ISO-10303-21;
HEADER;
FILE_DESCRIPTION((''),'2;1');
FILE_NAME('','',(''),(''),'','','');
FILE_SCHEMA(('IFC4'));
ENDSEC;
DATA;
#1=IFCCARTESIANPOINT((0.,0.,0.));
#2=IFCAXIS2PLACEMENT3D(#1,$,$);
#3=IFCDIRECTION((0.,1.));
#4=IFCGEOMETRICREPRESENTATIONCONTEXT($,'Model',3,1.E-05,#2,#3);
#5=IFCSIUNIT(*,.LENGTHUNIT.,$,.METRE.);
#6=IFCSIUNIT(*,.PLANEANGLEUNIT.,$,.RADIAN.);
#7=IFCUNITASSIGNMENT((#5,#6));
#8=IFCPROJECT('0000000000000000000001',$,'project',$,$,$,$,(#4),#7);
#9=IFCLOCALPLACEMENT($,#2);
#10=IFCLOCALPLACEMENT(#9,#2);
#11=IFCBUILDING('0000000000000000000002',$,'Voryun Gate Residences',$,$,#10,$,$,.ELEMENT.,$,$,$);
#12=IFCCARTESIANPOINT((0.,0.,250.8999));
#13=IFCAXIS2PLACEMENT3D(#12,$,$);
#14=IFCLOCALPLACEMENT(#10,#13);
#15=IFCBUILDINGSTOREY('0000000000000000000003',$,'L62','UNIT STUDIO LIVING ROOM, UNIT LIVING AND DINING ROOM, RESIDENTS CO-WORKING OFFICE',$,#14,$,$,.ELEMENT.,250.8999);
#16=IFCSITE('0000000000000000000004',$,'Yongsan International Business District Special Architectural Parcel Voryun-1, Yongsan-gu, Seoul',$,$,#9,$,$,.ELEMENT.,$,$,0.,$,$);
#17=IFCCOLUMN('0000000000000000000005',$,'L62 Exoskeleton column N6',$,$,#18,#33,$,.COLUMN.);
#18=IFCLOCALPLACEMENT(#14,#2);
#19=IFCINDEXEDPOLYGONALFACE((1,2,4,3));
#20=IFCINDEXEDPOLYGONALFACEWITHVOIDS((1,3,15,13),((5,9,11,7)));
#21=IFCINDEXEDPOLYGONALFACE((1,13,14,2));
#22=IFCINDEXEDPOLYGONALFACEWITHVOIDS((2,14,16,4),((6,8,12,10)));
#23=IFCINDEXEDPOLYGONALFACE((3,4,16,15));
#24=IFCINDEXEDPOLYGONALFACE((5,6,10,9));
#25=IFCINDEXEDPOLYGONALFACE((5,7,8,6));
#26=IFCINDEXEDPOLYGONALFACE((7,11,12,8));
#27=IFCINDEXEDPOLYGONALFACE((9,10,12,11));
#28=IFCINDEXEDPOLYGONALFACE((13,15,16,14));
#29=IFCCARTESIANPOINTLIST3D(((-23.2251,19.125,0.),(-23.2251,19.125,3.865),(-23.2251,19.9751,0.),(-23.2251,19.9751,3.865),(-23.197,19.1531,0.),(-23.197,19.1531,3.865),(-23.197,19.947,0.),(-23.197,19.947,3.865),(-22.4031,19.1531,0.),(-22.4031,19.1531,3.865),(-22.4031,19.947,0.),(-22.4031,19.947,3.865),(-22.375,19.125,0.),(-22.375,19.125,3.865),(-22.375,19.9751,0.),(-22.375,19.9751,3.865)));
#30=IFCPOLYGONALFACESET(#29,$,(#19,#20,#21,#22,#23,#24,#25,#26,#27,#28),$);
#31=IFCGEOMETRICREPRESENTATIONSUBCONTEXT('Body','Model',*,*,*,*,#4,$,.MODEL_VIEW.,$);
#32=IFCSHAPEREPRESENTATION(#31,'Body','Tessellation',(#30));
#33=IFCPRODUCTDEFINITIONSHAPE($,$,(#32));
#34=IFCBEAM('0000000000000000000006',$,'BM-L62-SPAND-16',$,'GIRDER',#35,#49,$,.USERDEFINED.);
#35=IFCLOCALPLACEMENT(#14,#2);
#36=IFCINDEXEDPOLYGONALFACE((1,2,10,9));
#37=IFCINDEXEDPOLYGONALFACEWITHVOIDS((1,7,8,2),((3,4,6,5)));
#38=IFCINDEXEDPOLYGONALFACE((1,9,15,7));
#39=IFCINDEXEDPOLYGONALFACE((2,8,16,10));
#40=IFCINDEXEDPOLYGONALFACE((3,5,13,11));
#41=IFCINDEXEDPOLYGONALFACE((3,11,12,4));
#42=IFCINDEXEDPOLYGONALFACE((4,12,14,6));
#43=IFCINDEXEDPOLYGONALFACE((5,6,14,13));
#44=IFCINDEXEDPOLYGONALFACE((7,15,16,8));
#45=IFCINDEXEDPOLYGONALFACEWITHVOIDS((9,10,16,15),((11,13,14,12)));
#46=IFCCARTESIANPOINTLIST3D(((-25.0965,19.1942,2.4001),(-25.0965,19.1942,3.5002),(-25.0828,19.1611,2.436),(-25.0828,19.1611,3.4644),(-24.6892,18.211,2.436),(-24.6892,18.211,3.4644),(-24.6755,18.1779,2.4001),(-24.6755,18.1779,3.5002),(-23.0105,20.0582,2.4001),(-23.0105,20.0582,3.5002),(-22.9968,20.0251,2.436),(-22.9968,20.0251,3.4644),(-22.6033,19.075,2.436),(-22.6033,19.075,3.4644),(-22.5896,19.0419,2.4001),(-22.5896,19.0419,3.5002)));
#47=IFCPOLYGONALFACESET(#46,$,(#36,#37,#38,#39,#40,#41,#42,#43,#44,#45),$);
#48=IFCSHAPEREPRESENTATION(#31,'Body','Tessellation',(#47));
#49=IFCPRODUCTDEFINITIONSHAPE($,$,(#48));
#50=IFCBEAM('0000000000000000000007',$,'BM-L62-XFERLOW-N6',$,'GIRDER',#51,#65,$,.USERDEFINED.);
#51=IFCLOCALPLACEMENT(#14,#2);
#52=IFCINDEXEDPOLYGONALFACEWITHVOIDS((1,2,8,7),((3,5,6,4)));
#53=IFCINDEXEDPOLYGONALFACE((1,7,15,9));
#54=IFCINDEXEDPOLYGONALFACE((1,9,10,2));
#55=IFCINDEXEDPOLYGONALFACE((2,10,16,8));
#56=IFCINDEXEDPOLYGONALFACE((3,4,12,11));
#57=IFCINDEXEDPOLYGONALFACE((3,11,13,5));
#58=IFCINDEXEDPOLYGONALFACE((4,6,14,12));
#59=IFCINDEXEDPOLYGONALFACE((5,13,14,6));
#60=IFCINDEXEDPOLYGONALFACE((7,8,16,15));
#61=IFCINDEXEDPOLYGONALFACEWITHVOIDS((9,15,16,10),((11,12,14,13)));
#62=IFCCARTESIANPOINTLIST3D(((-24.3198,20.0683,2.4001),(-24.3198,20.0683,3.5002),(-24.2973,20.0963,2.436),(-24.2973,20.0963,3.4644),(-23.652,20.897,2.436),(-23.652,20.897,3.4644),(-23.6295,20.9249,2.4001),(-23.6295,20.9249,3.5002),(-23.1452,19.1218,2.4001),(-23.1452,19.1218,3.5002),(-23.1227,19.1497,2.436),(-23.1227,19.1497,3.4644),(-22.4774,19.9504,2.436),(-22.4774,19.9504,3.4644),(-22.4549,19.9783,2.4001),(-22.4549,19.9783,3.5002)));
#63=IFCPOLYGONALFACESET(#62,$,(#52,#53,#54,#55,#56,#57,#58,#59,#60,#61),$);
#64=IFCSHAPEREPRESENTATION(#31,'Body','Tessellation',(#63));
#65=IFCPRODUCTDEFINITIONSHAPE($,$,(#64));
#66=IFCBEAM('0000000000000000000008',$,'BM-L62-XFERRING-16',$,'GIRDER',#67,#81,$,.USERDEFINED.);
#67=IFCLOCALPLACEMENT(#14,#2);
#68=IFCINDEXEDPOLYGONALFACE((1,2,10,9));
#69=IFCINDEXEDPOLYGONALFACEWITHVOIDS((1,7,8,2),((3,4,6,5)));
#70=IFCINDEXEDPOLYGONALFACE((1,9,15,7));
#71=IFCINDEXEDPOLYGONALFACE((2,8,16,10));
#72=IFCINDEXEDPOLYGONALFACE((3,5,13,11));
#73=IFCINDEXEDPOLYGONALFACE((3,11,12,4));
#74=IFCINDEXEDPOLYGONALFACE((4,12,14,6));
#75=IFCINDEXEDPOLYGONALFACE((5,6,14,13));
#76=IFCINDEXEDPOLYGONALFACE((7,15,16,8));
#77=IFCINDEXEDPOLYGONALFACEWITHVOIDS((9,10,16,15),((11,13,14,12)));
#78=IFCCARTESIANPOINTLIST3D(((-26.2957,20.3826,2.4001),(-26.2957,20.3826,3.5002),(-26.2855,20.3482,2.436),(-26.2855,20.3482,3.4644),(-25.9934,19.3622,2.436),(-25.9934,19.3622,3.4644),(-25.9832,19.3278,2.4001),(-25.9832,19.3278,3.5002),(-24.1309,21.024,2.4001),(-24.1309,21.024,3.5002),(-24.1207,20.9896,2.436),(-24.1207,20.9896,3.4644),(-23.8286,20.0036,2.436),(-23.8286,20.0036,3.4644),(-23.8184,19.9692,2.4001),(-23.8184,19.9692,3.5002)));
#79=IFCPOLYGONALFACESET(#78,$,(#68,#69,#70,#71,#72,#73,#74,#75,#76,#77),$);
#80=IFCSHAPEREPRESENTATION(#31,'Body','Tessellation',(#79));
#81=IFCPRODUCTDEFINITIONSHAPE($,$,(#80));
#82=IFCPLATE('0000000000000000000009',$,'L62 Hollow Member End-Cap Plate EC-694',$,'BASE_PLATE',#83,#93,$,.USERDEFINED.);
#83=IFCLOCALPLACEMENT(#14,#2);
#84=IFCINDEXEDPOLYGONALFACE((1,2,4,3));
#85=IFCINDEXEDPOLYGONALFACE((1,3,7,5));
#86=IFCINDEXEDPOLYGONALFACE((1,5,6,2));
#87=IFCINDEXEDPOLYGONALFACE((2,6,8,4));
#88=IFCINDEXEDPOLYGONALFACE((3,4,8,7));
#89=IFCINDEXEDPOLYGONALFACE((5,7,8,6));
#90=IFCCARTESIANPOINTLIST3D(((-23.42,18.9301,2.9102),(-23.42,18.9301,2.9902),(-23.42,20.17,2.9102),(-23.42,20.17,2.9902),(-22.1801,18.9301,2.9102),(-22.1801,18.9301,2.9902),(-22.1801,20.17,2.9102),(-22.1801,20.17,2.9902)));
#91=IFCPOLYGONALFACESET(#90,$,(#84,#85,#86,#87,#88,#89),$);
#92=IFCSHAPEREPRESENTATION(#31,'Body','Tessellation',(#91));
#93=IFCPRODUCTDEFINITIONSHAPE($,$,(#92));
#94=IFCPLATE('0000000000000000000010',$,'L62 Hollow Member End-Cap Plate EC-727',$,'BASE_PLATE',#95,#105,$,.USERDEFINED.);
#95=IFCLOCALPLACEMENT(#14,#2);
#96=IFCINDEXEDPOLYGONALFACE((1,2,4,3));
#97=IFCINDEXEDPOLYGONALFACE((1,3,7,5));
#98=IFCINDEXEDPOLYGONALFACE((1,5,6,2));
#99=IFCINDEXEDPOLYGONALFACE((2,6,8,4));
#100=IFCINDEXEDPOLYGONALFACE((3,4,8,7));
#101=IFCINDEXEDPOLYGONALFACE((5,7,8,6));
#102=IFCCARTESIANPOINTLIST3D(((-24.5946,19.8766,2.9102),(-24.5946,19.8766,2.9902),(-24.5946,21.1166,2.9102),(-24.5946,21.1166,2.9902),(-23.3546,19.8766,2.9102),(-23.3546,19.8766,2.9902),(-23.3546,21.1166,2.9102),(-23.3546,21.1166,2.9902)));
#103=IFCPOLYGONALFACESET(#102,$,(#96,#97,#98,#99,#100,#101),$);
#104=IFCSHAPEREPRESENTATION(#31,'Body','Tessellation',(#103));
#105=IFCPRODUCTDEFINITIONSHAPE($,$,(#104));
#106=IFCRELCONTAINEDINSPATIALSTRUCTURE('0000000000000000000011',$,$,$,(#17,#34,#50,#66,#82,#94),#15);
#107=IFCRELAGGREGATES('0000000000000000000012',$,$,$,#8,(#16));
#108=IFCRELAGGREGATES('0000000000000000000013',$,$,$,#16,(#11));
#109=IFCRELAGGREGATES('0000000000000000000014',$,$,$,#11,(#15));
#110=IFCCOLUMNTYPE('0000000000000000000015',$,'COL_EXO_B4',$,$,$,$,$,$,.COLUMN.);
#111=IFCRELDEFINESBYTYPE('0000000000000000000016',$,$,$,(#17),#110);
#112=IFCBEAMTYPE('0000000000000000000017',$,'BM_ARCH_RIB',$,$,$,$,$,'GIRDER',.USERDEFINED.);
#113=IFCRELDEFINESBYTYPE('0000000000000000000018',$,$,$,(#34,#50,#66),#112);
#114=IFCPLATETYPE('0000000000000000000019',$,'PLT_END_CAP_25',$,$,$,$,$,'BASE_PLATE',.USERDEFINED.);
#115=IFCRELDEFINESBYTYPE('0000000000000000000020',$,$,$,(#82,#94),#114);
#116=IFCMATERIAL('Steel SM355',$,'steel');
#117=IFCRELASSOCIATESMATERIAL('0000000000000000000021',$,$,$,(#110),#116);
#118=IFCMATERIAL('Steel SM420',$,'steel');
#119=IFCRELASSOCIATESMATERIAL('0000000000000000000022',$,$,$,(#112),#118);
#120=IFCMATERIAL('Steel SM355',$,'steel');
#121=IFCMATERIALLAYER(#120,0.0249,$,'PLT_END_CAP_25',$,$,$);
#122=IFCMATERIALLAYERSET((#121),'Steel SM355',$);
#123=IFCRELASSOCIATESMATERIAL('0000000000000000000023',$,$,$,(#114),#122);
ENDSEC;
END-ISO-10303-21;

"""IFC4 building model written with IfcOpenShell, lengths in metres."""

from ifc_helpers import new_model, si_unit, direction, frame, origin, origin_2d, place, context, subcontext, project, spatial, rectangle, hollow_rectangle, extrude, material, layer, layer_set, material_profile, profile_set, type_object, element, save


model = new_model("IFC4")

# Units and contexts
model_context = context("Model", 3, precision=1e-05, world=origin(), true_north=direction((0.0, 1.0)))
body_context = subcontext(model_context, "Body", "Model", "MODEL_VIEW")
ifc_project = project(units=[si_unit("LENGTHUNIT", "METRE"), si_unit("PLANEANGLEUNIT", "RADIAN")], contexts=[model_context])

# Site, building, storey
site_placement = place(None, origin())
site = spatial("IfcSite", under=ifc_project, at=site_placement, Name="Yongsan International Business District Special Architectural Parcel Voryun-1, Yongsan-gu, Seoul", CompositionType="ELEMENT", RefElevation=0.0)
building_placement = place(site_placement, origin())
building = spatial("IfcBuilding", under=site, at=building_placement, Name="Voryun Gate Residences", CompositionType="ELEMENT")
storey_placement = place(building_placement, frame((0.0, 0.0, 250.8999)))
storey = spatial("IfcBuildingStorey", under=building, at=storey_placement, Name="L62", Description="UNIT STUDIO LIVING ROOM, UNIT LIVING AND DINING ROOM, RESIDENTS CO-WORKING OFFICE", CompositionType="ELEMENT", Elevation=250.8999)

# Column
ifc_material_1 = material(Name="Steel SM355", Category="steel")
ifc_material_profile_1 = material_profile(ifc_material_1, hollow_rectangle(XDim=0.8501, YDim=0.8501, WallThickness=0.0281, at=origin_2d()), Name="BOX-850x850x28")
ifc_profile_set_1 = profile_set([ifc_material_profile_1], Name="Steel SM355")
column_type = type_object("IfcColumnType", Name="COL_EXO_B4", PredefinedType="COLUMN", material=ifc_profile_set_1)
column_placement = place(storey_placement, frame((-22.8, 19.55, 0.0), z_axis=(0.0, 0.0, 1.0), x_axis=(1.0, 0.0, 0.0)))
element("IfcColumn", 1, at=column_placement, inside=storey, type_object=column_type, Name="L62 Exoskeleton column N6", PredefinedType="COLUMN", context=body_context, shape_type="SweptSolid", body=[
    extrude(hollow_rectangle(XDim=0.8501, YDim=0.8501, WallThickness=0.0281, at=origin_2d()), origin(), (0.0, 0.0, 1.0), 3.865),
])

# Beams
ifc_material_2 = material(Name="Steel SM420", Category="steel")
ifc_material_profile_2 = material_profile(ifc_material_2, hollow_rectangle(XDim=1.1001, YDim=1.1001, WallThickness=0.0359, at=origin_2d()), Name="BOX-1100x1100x36")
ifc_profile_set_2 = profile_set([ifc_material_profile_2], Name="Steel SM420")
beam_type = type_object("IfcBeamType", Name="BM_ARCH_RIB", ElementType="GIRDER", PredefinedType="USERDEFINED", material=ifc_profile_set_2)
beam_1_placement = place(storey_placement, frame((-22.8, 19.55, 2.9502), z_axis=(-0.923881, -0.38268, 0.0), x_axis=(0.38268, -0.923881, 0.0)))
element("IfcBeam", 2, at=beam_1_placement, inside=storey, type_object=beam_type, Name="BM-L62-SPAND-16", ObjectType="GIRDER", PredefinedType="USERDEFINED", context=body_context, shape_type="SweptSolid", body=[
    extrude(hollow_rectangle(XDim=1.1001, YDim=1.1001, WallThickness=0.0359, at=origin_2d()), origin(), (0.0, 0.0, 1.0), 2.2578),
])
beam_2_placement = place(storey_placement, frame((-22.8, 19.55, 2.9502), z_axis=(-0.778637, 0.627474, 0.0), x_axis=(-0.627474, -0.778637, 0.0)))
element("IfcBeam", 3, at=beam_2_placement, inside=storey, type_object=beam_type, Name="BM-L62-XFERLOW-N6", ObjectType="GIRDER", PredefinedType="USERDEFINED", context=body_context, shape_type="SweptSolid", body=[
    extrude(hollow_rectangle(XDim=1.1001, YDim=1.1001, WallThickness=0.0359, at=origin_2d()), origin(), (0.0, 0.0, 1.0), 1.5085),
])
beam_3_placement = place(storey_placement, frame((-23.9746, 20.4966, 2.9502), z_axis=(-0.958806, -0.284063, 0.0), x_axis=(0.284063, -0.958806, 0.0)))
element("IfcBeam", 4, at=beam_3_placement, inside=storey, type_object=beam_type, Name="BM-L62-XFERRING-16", ObjectType="GIRDER", PredefinedType="USERDEFINED", context=body_context, shape_type="SweptSolid", body=[
    extrude(hollow_rectangle(XDim=1.1001, YDim=1.1001, WallThickness=0.0359, at=origin_2d()), origin(), (0.0, 0.0, 1.0), 2.2578),
])

# Plates
ifc_material_3 = material(Name="Steel SM355", Category="steel")
ifc_layer_1 = layer(ifc_material_3, 0.0249, Name="PLT_END_CAP_25")
ifc_layer_set_1 = layer_set([ifc_layer_1], Name="Steel SM355")
plate_type = type_object("IfcPlateType", Name="PLT_END_CAP_25", ElementType="BASE_PLATE", PredefinedType="USERDEFINED", material=ifc_layer_set_1)
for number, where, z_axis, x_axis, name in (
    (5, (-22.8, 19.55, 2.9102), (0.0, 0.0, 1.0), (1.0, 0.0, 0.0), "L62 Hollow Member End-Cap Plate EC-694"),
    (6, (-23.9746, 20.4966, 2.9102), (0.0, 0.0, 1.0), (1.0, 0.0, 0.0), "L62 Hollow Member End-Cap Plate EC-727"),
):
    element("IfcPlate", number, at=place(storey_placement, frame(where, z_axis=z_axis, x_axis=x_axis)), inside=storey, type_object=plate_type, Name=name, ObjectType="BASE_PLATE", PredefinedType="USERDEFINED", context=body_context, shape_type="SweptSolid", body=[
        extrude(rectangle(XDim=1.24, YDim=1.24, at=origin_2d()), origin(), (0.0, 0.0, 1.0), 0.0801),
    ])

save(model, "model.ifc")
